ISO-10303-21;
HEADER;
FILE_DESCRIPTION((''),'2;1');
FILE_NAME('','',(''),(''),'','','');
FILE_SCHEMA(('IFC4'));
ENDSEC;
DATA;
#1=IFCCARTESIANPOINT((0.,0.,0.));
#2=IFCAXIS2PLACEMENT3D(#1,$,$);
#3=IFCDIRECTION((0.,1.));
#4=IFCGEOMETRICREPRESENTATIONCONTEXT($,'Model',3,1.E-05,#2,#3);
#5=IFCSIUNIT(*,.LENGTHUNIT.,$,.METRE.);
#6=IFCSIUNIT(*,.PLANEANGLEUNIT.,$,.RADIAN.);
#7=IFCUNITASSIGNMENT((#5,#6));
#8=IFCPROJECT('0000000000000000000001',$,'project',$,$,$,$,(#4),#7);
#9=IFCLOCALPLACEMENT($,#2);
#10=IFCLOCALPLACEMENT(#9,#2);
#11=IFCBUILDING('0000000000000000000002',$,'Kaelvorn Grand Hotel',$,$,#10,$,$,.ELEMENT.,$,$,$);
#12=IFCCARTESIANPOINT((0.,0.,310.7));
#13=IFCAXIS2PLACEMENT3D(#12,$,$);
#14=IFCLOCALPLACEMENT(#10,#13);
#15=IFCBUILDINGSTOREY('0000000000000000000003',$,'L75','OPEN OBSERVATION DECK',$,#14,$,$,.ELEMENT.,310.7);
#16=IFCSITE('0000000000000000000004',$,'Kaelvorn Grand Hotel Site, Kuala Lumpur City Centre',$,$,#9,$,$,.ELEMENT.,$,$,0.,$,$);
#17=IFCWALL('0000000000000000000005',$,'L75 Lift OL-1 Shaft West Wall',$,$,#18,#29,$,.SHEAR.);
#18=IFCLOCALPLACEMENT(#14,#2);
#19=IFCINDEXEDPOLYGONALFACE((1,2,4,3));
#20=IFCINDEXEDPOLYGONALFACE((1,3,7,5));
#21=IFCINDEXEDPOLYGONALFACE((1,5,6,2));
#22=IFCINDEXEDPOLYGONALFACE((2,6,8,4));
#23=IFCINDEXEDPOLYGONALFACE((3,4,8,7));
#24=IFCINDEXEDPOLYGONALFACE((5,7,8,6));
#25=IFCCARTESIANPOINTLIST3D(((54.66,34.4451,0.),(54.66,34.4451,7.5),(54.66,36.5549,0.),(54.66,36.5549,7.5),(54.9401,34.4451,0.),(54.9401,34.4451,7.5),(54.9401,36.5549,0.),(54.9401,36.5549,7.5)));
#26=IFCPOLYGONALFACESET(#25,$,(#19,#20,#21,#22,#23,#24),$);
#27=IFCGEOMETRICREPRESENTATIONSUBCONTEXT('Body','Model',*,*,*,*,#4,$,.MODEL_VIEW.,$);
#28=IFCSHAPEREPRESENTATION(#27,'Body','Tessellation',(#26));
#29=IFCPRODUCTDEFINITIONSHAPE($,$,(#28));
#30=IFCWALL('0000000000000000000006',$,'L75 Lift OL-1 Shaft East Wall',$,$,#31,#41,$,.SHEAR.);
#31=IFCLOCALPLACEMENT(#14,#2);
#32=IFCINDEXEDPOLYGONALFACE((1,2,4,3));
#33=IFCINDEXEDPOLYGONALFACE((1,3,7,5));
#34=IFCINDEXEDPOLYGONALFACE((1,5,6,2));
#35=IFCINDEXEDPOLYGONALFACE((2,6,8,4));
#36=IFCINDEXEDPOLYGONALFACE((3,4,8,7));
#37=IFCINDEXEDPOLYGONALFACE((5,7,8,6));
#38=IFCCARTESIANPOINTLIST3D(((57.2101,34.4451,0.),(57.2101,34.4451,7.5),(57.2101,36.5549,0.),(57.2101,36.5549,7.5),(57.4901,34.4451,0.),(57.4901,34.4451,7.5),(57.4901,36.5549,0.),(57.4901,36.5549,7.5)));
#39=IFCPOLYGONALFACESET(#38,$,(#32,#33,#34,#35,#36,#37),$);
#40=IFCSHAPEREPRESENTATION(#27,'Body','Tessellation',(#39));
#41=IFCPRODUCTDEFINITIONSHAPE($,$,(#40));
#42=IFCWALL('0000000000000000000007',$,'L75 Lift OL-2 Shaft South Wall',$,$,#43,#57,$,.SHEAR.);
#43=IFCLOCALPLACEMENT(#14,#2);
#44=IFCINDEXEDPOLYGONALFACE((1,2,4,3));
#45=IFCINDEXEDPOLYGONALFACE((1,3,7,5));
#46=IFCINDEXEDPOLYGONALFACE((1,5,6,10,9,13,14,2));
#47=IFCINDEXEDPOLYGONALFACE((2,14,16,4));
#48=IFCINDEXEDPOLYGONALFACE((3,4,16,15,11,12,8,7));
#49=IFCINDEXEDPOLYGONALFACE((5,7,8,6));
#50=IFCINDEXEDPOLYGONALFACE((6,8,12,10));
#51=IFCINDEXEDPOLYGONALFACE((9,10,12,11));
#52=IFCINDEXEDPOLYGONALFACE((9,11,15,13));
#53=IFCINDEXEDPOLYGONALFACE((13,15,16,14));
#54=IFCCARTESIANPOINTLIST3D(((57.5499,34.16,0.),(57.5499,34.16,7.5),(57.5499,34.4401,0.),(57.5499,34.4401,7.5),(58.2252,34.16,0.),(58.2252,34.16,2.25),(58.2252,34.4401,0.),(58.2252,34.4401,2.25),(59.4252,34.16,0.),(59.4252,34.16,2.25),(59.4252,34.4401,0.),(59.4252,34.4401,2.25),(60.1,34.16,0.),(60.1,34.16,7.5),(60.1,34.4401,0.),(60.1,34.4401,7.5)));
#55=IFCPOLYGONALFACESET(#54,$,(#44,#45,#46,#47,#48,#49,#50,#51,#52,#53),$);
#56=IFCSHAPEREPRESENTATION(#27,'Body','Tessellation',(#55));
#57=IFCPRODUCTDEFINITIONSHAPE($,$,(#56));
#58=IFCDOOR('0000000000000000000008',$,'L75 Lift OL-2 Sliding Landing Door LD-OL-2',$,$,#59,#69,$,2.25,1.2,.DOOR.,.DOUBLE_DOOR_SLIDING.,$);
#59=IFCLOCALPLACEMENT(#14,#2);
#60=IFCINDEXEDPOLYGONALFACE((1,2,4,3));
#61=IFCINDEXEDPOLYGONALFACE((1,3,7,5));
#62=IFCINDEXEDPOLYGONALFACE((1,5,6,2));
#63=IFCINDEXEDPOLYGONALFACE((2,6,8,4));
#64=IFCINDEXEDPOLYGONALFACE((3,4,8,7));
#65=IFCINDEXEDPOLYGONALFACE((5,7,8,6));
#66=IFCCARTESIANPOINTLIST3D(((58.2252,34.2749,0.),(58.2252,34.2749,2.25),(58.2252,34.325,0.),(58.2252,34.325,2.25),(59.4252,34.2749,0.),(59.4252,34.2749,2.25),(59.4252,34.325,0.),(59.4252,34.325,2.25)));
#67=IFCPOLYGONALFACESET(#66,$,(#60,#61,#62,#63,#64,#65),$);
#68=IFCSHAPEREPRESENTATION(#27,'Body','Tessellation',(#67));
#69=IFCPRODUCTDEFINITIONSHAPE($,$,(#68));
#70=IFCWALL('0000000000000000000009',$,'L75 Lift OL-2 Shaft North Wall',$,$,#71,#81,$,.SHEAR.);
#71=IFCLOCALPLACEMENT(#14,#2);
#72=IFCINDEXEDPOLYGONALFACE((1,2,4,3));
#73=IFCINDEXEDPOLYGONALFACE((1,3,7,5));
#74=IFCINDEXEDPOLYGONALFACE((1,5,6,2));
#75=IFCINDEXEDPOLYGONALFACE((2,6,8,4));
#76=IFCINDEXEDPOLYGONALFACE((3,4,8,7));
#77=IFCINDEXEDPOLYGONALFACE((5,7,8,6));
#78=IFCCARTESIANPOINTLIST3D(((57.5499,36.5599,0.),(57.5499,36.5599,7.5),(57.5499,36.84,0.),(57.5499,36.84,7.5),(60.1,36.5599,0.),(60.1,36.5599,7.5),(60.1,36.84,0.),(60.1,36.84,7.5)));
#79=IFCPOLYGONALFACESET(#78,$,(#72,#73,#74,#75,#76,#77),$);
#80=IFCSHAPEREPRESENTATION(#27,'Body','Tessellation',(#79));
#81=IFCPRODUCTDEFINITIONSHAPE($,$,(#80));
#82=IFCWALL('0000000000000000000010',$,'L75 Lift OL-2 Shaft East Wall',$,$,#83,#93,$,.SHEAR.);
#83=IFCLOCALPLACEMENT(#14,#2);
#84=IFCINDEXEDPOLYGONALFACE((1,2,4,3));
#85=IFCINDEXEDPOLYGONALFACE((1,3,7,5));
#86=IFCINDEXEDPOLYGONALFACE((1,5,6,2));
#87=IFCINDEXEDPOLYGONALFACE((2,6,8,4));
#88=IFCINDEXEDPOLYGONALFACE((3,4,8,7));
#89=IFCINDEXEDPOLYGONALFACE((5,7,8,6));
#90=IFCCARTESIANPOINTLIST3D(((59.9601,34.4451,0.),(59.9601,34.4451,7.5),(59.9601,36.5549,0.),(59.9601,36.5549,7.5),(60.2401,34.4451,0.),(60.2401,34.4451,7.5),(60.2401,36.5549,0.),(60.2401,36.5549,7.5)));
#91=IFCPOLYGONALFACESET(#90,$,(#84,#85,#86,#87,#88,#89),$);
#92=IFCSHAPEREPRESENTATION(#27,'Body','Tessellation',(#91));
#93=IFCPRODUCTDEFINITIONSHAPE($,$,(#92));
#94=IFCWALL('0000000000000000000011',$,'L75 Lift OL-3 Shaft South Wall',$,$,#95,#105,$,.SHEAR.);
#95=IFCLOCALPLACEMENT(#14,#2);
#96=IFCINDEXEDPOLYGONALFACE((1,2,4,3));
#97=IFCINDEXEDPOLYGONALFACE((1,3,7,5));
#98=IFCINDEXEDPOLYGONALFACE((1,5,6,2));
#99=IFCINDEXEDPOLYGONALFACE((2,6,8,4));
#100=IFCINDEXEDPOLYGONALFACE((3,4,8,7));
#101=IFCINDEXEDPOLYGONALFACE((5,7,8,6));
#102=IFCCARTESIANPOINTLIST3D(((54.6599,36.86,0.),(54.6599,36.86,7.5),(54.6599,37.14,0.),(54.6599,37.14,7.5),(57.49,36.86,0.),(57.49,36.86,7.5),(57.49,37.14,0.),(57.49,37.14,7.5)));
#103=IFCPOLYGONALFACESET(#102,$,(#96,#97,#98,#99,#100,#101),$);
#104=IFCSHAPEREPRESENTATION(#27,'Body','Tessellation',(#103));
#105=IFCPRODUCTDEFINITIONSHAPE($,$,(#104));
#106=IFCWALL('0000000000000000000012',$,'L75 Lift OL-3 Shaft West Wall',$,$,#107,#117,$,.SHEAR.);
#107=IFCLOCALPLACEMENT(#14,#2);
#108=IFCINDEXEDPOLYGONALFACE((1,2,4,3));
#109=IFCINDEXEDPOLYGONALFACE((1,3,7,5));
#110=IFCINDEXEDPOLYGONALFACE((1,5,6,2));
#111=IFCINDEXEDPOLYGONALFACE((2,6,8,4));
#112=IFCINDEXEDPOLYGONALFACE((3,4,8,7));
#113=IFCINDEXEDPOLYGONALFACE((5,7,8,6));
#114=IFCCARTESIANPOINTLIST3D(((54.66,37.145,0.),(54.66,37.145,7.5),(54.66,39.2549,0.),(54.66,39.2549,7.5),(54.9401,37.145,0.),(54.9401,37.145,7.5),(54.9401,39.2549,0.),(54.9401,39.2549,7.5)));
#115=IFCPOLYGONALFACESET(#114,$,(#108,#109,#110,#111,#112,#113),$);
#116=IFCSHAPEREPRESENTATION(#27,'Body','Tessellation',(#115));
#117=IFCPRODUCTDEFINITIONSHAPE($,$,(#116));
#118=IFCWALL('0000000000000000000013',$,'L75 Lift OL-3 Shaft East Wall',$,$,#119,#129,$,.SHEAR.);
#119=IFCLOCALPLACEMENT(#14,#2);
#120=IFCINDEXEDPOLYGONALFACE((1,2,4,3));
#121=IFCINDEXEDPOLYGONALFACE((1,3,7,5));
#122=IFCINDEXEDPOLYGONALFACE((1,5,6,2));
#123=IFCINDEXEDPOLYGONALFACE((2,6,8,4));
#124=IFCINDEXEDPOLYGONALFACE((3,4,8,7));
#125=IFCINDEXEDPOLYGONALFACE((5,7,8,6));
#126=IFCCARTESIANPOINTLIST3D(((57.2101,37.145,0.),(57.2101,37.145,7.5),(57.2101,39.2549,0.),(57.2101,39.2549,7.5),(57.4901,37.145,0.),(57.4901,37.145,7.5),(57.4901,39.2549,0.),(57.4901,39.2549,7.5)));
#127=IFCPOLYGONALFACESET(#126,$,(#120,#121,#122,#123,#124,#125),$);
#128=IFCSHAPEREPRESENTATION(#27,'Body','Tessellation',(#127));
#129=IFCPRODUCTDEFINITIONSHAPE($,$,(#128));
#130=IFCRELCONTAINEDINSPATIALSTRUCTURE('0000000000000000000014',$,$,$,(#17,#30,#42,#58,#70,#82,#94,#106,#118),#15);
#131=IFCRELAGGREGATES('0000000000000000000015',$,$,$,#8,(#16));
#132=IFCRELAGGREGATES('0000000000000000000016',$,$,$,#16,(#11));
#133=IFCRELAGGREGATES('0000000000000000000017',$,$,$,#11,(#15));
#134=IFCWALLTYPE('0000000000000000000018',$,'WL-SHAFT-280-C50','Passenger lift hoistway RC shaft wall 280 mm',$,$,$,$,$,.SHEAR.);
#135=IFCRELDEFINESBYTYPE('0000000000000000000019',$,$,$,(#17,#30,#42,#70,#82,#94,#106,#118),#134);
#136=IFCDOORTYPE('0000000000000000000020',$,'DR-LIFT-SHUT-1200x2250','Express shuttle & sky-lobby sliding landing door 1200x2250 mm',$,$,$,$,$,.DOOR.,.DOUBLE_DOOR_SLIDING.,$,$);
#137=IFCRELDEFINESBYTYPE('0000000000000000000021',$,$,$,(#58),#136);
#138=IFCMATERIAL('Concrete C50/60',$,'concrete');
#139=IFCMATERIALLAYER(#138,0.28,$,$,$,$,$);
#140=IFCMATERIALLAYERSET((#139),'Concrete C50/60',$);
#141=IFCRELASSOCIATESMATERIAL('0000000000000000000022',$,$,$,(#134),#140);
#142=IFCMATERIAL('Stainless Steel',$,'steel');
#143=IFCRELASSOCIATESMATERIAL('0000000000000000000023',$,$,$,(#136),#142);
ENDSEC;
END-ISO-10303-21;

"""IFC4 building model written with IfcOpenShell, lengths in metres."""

from ifc_helpers import new_model, si_unit, direction, frame, frame_2d, origin, place, context, subcontext, project, spatial, rectangle, extrude, material, layer, layer_set, type_object, element, fill, save


model = new_model("IFC4")

# Units and contexts
model_context = context("Model", 3, precision=1e-05, world=origin(), true_north=direction((0.0, 1.0)))
body_context = subcontext(model_context, "Body", "Model", "MODEL_VIEW")
ifc_project = project(units=[si_unit("LENGTHUNIT", "METRE"), si_unit("PLANEANGLEUNIT", "RADIAN")], contexts=[model_context])

# Site, building, storey
site_placement = place(None, origin())
site = spatial("IfcSite", under=ifc_project, at=site_placement, Name="Kaelvorn Grand Hotel Site, Kuala Lumpur City Centre", CompositionType="ELEMENT", RefElevation=0.0)
building_placement = place(site_placement, origin())
building = spatial("IfcBuilding", under=site, at=building_placement, Name="Kaelvorn Grand Hotel", CompositionType="ELEMENT")
storey_placement = place(building_placement, frame((0.0, 0.0, 310.7)))
storey = spatial("IfcBuildingStorey", under=building, at=storey_placement, Name="L75", Description="OPEN OBSERVATION DECK", CompositionType="ELEMENT", Elevation=310.7)

# Shared definitions
ifc_material_1 = material(Name="Concrete C50/60", Category="concrete")

# Shared definitions
ifc_layer_1 = layer(ifc_material_1, 0.28)
ifc_layer_set_1 = layer_set([ifc_layer_1], Name="Concrete C50/60")
wall_type_1 = type_object("IfcWallType", Name="WL-SHAFT-280-C50", Description="Passenger lift hoistway RC shaft wall 280 mm", PredefinedType="SHEAR", material=ifc_layer_set_1)
ifc_material_2 = material(Name="Stainless Steel", Category="steel")
door_type_1 = type_object("IfcDoorType", Name="DR-LIFT-SHUT-1200x2250", Description="Express shuttle & sky-lobby sliding landing door 1200x2250 mm", OperationType="DOUBLE_DOOR_SLIDING", PredefinedType="DOOR", material=ifc_material_2)

# Walls
for number, where, z_axis, x_axis, name in (
    (1, (54.8, 34.4451, 0.0), (0.0, 0.0, 1.0), (0.0, 1.0, 0.0), "L75 Lift OL-1 Shaft West Wall"),
    (2, (57.3501, 34.4451, 0.0), (0.0, 0.0, 1.0), (0.0, 1.0, 0.0), "L75 Lift OL-1 Shaft East Wall"),
):
    element("IfcWall", number, at=place(storey_placement, frame(where, z_axis=z_axis, x_axis=x_axis)), inside=storey, type_object=wall_type_1, Name=name, PredefinedType="SHEAR", context=body_context, shape_type="SweptSolid", body=[
        extrude(rectangle(XDim=2.1099, YDim=0.28, at=frame_2d((1.0549, 0.0))), origin(), (0.0, 0.0, 1.0), 7.5),
    ])

# Wall, opening, door
wall_1_placement = place(storey_placement, frame((57.55, 34.3, 0.0), z_axis=(0.0, 0.0, 1.0), x_axis=(1.0, 0.0, 0.0)))
wall_1 = element("IfcWall", 3, at=wall_1_placement, inside=storey, type_object=wall_type_1, Name="L75 Lift OL-2 Shaft South Wall", PredefinedType="SHEAR", context=body_context, shape_type="SweptSolid", body=[
    extrude(rectangle(XDim=2.55, YDim=0.28, at=frame_2d((1.2749, 0.0))), origin(), (0.0, 0.0, 1.0), 7.5),
])
opening_1_placement = place(wall_1_placement, frame((0.675, 0.0, 0.0)))
opening_1 = element("IfcOpeningElement", 4, at=opening_1_placement, cuts=wall_1, PredefinedType="OPENING", context=body_context, shape_type="SweptSolid", body=[
    extrude(rectangle(XDim=1.2, YDim=2.25, at=frame_2d((0.6001, 1.125))), frame((0.0, 0.1499, 0.0), z_axis=(0.0, -1.0, 0.0), x_axis=(1.0, 0.0, 0.0)), (0.0, 0.0, 1.0), 0.3),
])
door_1_placement = place(opening_1_placement, origin())
door_1 = element("IfcDoor", 5, at=door_1_placement, inside=storey, type_object=door_type_1, Name="L75 Lift OL-2 Sliding Landing Door LD-OL-2", OperationType="DOUBLE_DOOR_SLIDING", OverallHeight=2.25, OverallWidth=1.2, PredefinedType="DOOR", context=body_context, shape_type="SweptSolid", body=[
    extrude(rectangle(XDim=1.2, YDim=2.25, at=frame_2d((0.6001, 1.125))), frame((0.0, 0.0249, 0.0), z_axis=(0.0, -1.0, 0.0), x_axis=(1.0, 0.0, 0.0)), (0.0, 0.0, 1.0), 0.05),
])
fill(opening_1, door_1)

# Walls
wall_2_placement = place(storey_placement, frame((57.55, 36.7, 0.0), z_axis=(0.0, 0.0, 1.0), x_axis=(1.0, 0.0, 0.0)))
element("IfcWall", 6, at=wall_2_placement, inside=storey, type_object=wall_type_1, Name="L75 Lift OL-2 Shaft North Wall", PredefinedType="SHEAR", context=body_context, shape_type="SweptSolid", body=[
    extrude(rectangle(XDim=2.55, YDim=0.28, at=frame_2d((1.2749, 0.0))), origin(), (0.0, 0.0, 1.0), 7.5),
])
wall_3_placement = place(storey_placement, frame((60.1001, 34.4451, 0.0), z_axis=(0.0, 0.0, 1.0), x_axis=(0.0, 1.0, 0.0)))
element("IfcWall", 7, at=wall_3_placement, inside=storey, type_object=wall_type_1, Name="L75 Lift OL-2 Shaft East Wall", PredefinedType="SHEAR", context=body_context, shape_type="SweptSolid", body=[
    extrude(rectangle(XDim=2.1099, YDim=0.28, at=frame_2d((1.0549, 0.0))), origin(), (0.0, 0.0, 1.0), 7.5),
])
wall_4_placement = place(storey_placement, frame((54.6599, 37.0, 0.0), z_axis=(0.0, 0.0, 1.0), x_axis=(1.0, 0.0, 0.0)))
element("IfcWall", 8, at=wall_4_placement, inside=storey, type_object=wall_type_1, Name="L75 Lift OL-3 Shaft South Wall", PredefinedType="SHEAR", context=body_context, shape_type="SweptSolid", body=[
    extrude(rectangle(XDim=2.8301, YDim=0.28, at=frame_2d((1.415, 0.0))), origin(), (0.0, 0.0, 1.0), 7.5),
])
for number, where, z_axis, x_axis, name in (
    (9, (54.8, 37.145, 0.0), (0.0, 0.0, 1.0), (0.0, 1.0, 0.0), "L75 Lift OL-3 Shaft West Wall"),
    (10, (57.3501, 37.145, 0.0), (0.0, 0.0, 1.0), (0.0, 1.0, 0.0), "L75 Lift OL-3 Shaft East Wall"),
):
    element("IfcWall", number, at=place(storey_placement, frame(where, z_axis=z_axis, x_axis=x_axis)), inside=storey, type_object=wall_type_1, Name=name, PredefinedType="SHEAR", context=body_context, shape_type="SweptSolid", body=[
        extrude(rectangle(XDim=2.1099, YDim=0.28, at=frame_2d((1.0549, 0.0))), origin(), (0.0, 0.0, 1.0), 7.5),
    ])

save(model, "model.ifc")
